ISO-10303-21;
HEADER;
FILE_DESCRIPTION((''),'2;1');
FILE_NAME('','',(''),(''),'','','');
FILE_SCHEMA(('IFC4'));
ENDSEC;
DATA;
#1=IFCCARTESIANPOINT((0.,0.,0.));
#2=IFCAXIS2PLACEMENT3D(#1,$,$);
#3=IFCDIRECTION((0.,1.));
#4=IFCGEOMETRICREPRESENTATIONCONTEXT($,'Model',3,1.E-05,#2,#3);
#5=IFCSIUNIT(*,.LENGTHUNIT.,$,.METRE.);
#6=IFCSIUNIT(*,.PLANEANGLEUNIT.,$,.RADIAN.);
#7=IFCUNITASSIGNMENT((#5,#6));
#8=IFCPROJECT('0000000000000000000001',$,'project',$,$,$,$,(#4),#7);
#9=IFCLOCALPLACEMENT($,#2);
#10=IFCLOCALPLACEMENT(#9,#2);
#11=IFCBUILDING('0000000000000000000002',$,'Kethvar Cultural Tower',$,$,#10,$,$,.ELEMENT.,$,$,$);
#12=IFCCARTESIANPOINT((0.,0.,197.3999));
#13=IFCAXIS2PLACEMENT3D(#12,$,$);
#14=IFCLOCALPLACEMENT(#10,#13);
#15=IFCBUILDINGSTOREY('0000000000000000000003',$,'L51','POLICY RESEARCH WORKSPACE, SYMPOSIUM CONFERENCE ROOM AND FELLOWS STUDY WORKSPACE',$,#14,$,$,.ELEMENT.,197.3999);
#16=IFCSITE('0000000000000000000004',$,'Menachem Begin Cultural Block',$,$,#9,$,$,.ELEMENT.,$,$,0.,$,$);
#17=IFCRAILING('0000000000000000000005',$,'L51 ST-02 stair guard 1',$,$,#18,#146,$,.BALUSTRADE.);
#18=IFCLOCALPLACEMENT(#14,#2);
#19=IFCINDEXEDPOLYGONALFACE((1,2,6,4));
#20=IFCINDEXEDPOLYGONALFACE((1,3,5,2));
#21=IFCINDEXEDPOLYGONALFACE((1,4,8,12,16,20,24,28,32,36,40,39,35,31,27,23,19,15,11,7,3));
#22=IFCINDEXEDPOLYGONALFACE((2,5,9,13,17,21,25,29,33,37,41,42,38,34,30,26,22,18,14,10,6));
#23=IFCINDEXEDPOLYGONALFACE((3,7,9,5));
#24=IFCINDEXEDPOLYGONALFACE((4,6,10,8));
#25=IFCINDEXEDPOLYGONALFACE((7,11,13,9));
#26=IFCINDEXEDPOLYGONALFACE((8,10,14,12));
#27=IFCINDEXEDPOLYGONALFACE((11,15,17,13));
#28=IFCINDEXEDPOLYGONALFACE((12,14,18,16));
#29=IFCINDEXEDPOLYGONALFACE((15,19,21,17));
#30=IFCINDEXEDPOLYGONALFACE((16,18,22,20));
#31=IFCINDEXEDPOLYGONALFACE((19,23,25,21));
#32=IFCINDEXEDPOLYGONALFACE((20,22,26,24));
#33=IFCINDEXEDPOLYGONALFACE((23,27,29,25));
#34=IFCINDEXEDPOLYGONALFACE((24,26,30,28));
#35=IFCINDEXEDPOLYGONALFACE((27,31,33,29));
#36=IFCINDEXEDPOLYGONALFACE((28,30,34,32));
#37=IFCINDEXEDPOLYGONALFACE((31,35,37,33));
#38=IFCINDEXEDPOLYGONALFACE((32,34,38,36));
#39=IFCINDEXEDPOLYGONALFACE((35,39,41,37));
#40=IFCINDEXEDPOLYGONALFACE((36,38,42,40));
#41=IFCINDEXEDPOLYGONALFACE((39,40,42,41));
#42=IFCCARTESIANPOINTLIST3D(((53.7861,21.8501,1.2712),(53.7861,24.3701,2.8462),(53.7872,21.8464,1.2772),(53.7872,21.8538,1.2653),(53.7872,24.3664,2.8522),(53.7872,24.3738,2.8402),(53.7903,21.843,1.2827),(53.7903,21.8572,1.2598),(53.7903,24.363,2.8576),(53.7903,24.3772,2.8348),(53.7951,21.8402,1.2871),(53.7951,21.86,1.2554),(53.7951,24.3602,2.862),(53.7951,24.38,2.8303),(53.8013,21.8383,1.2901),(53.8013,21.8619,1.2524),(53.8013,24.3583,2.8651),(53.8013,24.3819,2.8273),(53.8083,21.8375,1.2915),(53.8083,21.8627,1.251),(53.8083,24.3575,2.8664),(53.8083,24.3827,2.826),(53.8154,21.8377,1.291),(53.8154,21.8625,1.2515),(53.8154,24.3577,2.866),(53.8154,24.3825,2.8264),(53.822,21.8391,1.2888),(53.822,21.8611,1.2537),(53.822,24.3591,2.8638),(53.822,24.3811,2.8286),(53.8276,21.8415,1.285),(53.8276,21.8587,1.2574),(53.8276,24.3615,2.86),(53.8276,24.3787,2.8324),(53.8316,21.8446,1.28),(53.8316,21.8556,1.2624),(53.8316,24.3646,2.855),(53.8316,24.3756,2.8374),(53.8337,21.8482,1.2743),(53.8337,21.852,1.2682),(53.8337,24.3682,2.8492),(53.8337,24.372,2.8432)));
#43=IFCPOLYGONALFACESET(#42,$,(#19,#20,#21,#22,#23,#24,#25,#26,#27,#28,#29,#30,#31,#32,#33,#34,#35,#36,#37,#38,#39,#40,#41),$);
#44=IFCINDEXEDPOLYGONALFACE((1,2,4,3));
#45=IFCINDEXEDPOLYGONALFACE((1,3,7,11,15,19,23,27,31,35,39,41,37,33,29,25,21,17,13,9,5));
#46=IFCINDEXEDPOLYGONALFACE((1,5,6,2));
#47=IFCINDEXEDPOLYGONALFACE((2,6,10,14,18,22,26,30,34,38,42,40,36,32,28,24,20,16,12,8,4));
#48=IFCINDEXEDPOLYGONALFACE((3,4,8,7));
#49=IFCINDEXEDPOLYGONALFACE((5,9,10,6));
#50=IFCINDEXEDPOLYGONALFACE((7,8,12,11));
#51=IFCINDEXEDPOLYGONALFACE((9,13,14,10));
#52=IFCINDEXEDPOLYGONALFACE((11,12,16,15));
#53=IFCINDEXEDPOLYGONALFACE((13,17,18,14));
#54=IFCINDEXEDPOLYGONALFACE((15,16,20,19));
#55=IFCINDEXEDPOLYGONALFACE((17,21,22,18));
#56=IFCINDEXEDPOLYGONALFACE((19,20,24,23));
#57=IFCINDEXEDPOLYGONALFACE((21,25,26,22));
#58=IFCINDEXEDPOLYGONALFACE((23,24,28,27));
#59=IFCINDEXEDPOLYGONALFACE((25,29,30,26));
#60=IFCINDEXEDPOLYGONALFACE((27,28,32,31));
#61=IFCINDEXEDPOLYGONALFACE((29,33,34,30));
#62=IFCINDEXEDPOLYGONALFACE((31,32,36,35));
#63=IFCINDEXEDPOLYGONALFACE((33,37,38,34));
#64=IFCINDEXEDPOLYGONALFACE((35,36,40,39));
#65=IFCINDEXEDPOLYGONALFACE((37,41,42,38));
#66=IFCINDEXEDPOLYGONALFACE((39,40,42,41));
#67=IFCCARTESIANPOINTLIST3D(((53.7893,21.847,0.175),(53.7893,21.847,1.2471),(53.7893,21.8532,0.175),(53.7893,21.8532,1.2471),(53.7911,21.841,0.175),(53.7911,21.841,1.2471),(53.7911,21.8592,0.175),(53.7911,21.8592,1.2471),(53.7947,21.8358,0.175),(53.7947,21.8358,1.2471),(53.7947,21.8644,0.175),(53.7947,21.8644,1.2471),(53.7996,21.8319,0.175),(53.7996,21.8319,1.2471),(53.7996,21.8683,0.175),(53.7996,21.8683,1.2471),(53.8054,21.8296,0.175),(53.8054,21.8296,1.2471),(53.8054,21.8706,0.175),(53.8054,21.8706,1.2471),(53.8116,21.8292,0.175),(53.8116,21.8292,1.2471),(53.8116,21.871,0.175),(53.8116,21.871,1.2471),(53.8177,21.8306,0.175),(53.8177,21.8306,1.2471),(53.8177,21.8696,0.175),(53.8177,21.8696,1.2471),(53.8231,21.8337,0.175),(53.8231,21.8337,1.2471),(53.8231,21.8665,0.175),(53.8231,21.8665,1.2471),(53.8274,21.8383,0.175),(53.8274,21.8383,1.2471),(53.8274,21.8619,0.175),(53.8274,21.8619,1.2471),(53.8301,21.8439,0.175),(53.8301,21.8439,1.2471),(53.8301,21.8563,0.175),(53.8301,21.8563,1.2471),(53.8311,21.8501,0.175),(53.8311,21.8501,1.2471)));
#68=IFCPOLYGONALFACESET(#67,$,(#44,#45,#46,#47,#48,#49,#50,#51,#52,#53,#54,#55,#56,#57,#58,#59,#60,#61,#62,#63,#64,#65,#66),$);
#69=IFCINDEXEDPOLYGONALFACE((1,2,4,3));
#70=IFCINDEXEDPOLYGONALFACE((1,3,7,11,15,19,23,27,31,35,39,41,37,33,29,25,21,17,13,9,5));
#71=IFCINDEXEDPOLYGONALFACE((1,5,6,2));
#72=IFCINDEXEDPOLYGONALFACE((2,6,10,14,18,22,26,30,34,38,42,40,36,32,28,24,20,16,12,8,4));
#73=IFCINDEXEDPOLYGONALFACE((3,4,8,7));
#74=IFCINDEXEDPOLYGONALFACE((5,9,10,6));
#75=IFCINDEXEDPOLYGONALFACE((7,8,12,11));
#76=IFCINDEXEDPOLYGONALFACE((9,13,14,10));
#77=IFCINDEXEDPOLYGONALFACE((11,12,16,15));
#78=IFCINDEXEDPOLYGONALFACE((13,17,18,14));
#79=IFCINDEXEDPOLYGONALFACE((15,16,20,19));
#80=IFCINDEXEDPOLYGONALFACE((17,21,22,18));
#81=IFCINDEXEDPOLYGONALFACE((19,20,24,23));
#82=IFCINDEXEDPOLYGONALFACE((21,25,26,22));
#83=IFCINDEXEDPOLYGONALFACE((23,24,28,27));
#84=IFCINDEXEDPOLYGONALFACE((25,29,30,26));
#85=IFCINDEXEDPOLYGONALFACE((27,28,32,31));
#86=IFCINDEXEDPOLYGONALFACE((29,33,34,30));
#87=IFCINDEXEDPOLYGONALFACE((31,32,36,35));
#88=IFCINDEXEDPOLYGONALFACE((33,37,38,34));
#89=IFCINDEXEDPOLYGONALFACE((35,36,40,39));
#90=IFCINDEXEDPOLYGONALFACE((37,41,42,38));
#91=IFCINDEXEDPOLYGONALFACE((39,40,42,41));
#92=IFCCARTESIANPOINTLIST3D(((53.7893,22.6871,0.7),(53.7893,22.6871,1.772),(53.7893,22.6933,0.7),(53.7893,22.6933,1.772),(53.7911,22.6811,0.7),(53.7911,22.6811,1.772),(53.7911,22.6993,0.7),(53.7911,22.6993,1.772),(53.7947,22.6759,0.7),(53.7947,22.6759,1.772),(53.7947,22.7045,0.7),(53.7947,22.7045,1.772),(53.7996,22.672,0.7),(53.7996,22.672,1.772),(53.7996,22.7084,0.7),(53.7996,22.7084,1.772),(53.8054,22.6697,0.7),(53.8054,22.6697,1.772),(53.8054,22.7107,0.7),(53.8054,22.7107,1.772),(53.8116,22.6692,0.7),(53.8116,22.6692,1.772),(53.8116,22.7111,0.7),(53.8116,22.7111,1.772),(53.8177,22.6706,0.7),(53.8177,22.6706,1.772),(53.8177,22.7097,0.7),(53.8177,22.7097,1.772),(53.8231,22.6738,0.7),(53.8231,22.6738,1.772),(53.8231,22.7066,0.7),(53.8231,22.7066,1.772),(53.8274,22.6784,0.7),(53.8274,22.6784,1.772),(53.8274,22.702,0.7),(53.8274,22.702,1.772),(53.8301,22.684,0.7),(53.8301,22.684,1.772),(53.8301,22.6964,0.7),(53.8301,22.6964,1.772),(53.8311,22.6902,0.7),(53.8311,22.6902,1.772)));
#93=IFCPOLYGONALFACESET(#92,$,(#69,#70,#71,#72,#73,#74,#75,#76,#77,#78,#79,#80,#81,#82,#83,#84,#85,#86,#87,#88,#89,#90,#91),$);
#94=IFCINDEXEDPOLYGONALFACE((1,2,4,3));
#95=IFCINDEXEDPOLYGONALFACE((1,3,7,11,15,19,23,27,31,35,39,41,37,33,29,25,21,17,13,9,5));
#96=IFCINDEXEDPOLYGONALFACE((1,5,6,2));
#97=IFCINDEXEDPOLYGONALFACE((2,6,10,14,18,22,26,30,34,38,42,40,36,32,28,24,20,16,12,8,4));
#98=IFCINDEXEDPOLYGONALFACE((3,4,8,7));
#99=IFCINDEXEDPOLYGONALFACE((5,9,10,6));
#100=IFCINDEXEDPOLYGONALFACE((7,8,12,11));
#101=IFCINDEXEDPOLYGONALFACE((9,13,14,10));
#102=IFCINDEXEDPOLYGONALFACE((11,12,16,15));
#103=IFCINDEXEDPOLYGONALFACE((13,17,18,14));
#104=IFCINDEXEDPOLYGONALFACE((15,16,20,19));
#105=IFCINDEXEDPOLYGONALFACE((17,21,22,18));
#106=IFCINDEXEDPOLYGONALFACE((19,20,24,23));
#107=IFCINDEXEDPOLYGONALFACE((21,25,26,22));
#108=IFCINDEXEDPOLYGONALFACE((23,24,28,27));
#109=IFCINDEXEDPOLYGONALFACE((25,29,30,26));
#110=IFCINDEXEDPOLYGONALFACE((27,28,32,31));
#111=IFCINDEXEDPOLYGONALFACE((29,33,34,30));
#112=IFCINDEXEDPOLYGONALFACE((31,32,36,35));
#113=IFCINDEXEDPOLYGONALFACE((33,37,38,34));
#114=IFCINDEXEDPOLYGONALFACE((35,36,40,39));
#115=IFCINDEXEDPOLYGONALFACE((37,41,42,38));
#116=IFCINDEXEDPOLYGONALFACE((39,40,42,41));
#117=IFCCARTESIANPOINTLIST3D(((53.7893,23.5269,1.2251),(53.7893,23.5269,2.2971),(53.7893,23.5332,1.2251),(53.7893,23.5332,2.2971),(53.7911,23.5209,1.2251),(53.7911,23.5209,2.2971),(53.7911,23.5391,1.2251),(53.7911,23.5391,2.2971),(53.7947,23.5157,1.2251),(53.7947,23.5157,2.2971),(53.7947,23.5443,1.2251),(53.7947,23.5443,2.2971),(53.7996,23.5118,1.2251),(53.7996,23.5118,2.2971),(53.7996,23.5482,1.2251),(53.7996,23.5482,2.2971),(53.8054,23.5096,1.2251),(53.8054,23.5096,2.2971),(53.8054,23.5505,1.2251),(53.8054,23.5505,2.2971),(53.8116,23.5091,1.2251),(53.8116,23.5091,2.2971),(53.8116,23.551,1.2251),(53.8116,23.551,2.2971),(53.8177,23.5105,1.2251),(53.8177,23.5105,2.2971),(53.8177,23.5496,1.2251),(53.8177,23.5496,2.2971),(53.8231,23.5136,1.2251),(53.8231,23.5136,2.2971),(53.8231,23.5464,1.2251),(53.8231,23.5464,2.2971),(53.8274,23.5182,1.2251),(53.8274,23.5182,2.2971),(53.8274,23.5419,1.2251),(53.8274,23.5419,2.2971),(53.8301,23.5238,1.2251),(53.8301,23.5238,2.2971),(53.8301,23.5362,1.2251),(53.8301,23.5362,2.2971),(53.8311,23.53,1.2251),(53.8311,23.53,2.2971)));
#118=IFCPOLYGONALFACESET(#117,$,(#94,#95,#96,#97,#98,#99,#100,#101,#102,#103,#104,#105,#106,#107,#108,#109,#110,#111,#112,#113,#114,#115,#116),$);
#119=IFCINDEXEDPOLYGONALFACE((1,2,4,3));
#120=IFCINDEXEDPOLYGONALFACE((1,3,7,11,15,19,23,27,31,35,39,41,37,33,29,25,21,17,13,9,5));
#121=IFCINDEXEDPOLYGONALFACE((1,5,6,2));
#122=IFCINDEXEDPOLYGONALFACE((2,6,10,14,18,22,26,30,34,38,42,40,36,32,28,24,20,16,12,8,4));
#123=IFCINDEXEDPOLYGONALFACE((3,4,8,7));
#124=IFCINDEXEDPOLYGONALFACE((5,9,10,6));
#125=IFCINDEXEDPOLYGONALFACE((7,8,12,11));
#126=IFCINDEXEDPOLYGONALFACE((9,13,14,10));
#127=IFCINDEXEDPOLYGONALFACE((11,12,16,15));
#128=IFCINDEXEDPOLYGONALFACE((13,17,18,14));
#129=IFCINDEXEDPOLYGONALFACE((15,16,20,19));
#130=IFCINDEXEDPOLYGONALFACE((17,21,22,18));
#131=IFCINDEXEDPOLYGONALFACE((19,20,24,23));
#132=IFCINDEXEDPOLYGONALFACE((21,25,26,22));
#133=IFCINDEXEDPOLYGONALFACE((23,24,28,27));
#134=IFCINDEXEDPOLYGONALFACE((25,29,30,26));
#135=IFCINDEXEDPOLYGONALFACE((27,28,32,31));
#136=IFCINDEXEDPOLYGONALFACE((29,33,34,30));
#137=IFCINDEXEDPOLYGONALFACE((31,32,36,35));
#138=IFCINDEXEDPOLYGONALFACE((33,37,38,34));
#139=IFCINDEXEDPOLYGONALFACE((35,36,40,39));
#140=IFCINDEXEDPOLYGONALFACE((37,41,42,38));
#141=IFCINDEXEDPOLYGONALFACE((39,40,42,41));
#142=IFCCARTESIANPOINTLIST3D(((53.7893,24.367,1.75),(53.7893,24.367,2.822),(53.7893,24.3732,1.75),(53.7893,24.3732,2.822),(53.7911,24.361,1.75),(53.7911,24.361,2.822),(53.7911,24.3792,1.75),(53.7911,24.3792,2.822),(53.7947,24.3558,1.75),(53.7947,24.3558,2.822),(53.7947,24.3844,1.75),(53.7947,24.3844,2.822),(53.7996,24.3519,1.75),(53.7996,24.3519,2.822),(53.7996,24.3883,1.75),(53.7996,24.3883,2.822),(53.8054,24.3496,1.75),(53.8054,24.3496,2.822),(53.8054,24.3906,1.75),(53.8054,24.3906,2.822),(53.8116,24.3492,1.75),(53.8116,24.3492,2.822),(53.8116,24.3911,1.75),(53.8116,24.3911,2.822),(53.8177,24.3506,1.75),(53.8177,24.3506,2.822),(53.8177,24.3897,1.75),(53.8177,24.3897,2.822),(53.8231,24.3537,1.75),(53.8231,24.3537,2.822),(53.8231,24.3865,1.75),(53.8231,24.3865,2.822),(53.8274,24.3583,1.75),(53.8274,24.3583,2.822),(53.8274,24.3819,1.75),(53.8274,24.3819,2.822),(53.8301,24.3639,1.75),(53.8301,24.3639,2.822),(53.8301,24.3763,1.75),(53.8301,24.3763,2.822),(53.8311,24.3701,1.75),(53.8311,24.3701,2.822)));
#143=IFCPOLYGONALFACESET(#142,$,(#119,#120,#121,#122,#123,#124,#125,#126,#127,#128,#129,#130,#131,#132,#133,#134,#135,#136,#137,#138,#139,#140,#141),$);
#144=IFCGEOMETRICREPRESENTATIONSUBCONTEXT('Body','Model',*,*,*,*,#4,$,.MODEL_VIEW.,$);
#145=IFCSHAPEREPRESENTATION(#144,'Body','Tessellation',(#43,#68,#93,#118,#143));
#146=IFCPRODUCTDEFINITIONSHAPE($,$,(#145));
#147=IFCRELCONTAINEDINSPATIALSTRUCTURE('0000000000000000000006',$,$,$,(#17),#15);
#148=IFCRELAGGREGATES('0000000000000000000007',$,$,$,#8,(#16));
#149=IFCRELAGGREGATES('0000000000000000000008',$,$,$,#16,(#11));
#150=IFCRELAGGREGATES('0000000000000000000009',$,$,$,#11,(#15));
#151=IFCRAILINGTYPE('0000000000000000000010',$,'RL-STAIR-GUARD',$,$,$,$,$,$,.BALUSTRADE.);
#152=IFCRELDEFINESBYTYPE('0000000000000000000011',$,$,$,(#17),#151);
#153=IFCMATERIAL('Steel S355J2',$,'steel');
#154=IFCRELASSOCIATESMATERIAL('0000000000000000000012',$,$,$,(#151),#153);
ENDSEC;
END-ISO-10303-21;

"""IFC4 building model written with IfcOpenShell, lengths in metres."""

from ifc_helpers import new_model, si_unit, direction, frame, origin, origin_2d, place, context, subcontext, project, spatial, circle, extrude, material, type_object, element, save


model = new_model("IFC4")

# Units and contexts
model_context = context("Model", 3, precision=1e-05, world=origin(), true_north=direction((0.0, 1.0)))
body_context = subcontext(model_context, "Body", "Model", "MODEL_VIEW")
ifc_project = project(units=[si_unit("LENGTHUNIT", "METRE"), si_unit("PLANEANGLEUNIT", "RADIAN")], contexts=[model_context])

# Site, building, storey
site_placement = place(None, origin())
site = spatial("IfcSite", under=ifc_project, at=site_placement, Name="Menachem Begin Cultural Block", CompositionType="ELEMENT", RefElevation=0.0)
building_placement = place(site_placement, origin())
building = spatial("IfcBuilding", under=site, at=building_placement, Name="Kethvar Cultural Tower", CompositionType="ELEMENT")
storey_placement = place(building_placement, frame((0.0, 0.0, 197.3999)))
storey = spatial("IfcBuildingStorey", under=building, at=storey_placement, Name="L51", Description="POLICY RESEARCH WORKSPACE, SYMPOSIUM CONFERENCE ROOM AND FELLOWS STUDY WORKSPACE", CompositionType="ELEMENT", Elevation=197.3999)

# Shared definitions
ifc_material_1 = material(Name="Steel S355J2", Category="steel")

# Railing
railing_type_1 = type_object("IfcRailingType", Name="RL-STAIR-GUARD", PredefinedType="BALUSTRADE", material=ifc_material_1)
railing_1_placement = place(storey_placement, frame((53.8101, 21.8501, 0.175)))
element("IfcRailing", 1, at=railing_1_placement, inside=storey, type_object=railing_type_1, Name="L51 ST-02 stair guard 1", PredefinedType="BALUSTRADE", context=body_context, shape_type="SweptSolid", body=[
    extrude(circle(Radius=0.0239, at=origin_2d()), frame((0.0, 0.0, 1.0962), z_axis=(0.0, 0.848008, 0.529984), x_axis=(-1.0, 0.0, 0.0)), (0.0, 0.0, 1.0), 2.9717),
    extrude(circle(Radius=0.021, at=origin_2d()), origin(), (0.0, 0.0, 1.0), 1.072),
    extrude(circle(Radius=0.021, at=origin_2d()), frame((0.0, 0.8401, 0.5249)), (0.0, 0.0, 1.0), 1.072),
    extrude(circle(Radius=0.021, at=origin_2d()), frame((0.0, 1.6799, 1.05)), (0.0, 0.0, 1.0), 1.072),
    extrude(circle(Radius=0.021, at=origin_2d()), frame((0.0, 2.52, 1.575)), (0.0, 0.0, 1.0), 1.072),
])

save(model, "model.ifc")
